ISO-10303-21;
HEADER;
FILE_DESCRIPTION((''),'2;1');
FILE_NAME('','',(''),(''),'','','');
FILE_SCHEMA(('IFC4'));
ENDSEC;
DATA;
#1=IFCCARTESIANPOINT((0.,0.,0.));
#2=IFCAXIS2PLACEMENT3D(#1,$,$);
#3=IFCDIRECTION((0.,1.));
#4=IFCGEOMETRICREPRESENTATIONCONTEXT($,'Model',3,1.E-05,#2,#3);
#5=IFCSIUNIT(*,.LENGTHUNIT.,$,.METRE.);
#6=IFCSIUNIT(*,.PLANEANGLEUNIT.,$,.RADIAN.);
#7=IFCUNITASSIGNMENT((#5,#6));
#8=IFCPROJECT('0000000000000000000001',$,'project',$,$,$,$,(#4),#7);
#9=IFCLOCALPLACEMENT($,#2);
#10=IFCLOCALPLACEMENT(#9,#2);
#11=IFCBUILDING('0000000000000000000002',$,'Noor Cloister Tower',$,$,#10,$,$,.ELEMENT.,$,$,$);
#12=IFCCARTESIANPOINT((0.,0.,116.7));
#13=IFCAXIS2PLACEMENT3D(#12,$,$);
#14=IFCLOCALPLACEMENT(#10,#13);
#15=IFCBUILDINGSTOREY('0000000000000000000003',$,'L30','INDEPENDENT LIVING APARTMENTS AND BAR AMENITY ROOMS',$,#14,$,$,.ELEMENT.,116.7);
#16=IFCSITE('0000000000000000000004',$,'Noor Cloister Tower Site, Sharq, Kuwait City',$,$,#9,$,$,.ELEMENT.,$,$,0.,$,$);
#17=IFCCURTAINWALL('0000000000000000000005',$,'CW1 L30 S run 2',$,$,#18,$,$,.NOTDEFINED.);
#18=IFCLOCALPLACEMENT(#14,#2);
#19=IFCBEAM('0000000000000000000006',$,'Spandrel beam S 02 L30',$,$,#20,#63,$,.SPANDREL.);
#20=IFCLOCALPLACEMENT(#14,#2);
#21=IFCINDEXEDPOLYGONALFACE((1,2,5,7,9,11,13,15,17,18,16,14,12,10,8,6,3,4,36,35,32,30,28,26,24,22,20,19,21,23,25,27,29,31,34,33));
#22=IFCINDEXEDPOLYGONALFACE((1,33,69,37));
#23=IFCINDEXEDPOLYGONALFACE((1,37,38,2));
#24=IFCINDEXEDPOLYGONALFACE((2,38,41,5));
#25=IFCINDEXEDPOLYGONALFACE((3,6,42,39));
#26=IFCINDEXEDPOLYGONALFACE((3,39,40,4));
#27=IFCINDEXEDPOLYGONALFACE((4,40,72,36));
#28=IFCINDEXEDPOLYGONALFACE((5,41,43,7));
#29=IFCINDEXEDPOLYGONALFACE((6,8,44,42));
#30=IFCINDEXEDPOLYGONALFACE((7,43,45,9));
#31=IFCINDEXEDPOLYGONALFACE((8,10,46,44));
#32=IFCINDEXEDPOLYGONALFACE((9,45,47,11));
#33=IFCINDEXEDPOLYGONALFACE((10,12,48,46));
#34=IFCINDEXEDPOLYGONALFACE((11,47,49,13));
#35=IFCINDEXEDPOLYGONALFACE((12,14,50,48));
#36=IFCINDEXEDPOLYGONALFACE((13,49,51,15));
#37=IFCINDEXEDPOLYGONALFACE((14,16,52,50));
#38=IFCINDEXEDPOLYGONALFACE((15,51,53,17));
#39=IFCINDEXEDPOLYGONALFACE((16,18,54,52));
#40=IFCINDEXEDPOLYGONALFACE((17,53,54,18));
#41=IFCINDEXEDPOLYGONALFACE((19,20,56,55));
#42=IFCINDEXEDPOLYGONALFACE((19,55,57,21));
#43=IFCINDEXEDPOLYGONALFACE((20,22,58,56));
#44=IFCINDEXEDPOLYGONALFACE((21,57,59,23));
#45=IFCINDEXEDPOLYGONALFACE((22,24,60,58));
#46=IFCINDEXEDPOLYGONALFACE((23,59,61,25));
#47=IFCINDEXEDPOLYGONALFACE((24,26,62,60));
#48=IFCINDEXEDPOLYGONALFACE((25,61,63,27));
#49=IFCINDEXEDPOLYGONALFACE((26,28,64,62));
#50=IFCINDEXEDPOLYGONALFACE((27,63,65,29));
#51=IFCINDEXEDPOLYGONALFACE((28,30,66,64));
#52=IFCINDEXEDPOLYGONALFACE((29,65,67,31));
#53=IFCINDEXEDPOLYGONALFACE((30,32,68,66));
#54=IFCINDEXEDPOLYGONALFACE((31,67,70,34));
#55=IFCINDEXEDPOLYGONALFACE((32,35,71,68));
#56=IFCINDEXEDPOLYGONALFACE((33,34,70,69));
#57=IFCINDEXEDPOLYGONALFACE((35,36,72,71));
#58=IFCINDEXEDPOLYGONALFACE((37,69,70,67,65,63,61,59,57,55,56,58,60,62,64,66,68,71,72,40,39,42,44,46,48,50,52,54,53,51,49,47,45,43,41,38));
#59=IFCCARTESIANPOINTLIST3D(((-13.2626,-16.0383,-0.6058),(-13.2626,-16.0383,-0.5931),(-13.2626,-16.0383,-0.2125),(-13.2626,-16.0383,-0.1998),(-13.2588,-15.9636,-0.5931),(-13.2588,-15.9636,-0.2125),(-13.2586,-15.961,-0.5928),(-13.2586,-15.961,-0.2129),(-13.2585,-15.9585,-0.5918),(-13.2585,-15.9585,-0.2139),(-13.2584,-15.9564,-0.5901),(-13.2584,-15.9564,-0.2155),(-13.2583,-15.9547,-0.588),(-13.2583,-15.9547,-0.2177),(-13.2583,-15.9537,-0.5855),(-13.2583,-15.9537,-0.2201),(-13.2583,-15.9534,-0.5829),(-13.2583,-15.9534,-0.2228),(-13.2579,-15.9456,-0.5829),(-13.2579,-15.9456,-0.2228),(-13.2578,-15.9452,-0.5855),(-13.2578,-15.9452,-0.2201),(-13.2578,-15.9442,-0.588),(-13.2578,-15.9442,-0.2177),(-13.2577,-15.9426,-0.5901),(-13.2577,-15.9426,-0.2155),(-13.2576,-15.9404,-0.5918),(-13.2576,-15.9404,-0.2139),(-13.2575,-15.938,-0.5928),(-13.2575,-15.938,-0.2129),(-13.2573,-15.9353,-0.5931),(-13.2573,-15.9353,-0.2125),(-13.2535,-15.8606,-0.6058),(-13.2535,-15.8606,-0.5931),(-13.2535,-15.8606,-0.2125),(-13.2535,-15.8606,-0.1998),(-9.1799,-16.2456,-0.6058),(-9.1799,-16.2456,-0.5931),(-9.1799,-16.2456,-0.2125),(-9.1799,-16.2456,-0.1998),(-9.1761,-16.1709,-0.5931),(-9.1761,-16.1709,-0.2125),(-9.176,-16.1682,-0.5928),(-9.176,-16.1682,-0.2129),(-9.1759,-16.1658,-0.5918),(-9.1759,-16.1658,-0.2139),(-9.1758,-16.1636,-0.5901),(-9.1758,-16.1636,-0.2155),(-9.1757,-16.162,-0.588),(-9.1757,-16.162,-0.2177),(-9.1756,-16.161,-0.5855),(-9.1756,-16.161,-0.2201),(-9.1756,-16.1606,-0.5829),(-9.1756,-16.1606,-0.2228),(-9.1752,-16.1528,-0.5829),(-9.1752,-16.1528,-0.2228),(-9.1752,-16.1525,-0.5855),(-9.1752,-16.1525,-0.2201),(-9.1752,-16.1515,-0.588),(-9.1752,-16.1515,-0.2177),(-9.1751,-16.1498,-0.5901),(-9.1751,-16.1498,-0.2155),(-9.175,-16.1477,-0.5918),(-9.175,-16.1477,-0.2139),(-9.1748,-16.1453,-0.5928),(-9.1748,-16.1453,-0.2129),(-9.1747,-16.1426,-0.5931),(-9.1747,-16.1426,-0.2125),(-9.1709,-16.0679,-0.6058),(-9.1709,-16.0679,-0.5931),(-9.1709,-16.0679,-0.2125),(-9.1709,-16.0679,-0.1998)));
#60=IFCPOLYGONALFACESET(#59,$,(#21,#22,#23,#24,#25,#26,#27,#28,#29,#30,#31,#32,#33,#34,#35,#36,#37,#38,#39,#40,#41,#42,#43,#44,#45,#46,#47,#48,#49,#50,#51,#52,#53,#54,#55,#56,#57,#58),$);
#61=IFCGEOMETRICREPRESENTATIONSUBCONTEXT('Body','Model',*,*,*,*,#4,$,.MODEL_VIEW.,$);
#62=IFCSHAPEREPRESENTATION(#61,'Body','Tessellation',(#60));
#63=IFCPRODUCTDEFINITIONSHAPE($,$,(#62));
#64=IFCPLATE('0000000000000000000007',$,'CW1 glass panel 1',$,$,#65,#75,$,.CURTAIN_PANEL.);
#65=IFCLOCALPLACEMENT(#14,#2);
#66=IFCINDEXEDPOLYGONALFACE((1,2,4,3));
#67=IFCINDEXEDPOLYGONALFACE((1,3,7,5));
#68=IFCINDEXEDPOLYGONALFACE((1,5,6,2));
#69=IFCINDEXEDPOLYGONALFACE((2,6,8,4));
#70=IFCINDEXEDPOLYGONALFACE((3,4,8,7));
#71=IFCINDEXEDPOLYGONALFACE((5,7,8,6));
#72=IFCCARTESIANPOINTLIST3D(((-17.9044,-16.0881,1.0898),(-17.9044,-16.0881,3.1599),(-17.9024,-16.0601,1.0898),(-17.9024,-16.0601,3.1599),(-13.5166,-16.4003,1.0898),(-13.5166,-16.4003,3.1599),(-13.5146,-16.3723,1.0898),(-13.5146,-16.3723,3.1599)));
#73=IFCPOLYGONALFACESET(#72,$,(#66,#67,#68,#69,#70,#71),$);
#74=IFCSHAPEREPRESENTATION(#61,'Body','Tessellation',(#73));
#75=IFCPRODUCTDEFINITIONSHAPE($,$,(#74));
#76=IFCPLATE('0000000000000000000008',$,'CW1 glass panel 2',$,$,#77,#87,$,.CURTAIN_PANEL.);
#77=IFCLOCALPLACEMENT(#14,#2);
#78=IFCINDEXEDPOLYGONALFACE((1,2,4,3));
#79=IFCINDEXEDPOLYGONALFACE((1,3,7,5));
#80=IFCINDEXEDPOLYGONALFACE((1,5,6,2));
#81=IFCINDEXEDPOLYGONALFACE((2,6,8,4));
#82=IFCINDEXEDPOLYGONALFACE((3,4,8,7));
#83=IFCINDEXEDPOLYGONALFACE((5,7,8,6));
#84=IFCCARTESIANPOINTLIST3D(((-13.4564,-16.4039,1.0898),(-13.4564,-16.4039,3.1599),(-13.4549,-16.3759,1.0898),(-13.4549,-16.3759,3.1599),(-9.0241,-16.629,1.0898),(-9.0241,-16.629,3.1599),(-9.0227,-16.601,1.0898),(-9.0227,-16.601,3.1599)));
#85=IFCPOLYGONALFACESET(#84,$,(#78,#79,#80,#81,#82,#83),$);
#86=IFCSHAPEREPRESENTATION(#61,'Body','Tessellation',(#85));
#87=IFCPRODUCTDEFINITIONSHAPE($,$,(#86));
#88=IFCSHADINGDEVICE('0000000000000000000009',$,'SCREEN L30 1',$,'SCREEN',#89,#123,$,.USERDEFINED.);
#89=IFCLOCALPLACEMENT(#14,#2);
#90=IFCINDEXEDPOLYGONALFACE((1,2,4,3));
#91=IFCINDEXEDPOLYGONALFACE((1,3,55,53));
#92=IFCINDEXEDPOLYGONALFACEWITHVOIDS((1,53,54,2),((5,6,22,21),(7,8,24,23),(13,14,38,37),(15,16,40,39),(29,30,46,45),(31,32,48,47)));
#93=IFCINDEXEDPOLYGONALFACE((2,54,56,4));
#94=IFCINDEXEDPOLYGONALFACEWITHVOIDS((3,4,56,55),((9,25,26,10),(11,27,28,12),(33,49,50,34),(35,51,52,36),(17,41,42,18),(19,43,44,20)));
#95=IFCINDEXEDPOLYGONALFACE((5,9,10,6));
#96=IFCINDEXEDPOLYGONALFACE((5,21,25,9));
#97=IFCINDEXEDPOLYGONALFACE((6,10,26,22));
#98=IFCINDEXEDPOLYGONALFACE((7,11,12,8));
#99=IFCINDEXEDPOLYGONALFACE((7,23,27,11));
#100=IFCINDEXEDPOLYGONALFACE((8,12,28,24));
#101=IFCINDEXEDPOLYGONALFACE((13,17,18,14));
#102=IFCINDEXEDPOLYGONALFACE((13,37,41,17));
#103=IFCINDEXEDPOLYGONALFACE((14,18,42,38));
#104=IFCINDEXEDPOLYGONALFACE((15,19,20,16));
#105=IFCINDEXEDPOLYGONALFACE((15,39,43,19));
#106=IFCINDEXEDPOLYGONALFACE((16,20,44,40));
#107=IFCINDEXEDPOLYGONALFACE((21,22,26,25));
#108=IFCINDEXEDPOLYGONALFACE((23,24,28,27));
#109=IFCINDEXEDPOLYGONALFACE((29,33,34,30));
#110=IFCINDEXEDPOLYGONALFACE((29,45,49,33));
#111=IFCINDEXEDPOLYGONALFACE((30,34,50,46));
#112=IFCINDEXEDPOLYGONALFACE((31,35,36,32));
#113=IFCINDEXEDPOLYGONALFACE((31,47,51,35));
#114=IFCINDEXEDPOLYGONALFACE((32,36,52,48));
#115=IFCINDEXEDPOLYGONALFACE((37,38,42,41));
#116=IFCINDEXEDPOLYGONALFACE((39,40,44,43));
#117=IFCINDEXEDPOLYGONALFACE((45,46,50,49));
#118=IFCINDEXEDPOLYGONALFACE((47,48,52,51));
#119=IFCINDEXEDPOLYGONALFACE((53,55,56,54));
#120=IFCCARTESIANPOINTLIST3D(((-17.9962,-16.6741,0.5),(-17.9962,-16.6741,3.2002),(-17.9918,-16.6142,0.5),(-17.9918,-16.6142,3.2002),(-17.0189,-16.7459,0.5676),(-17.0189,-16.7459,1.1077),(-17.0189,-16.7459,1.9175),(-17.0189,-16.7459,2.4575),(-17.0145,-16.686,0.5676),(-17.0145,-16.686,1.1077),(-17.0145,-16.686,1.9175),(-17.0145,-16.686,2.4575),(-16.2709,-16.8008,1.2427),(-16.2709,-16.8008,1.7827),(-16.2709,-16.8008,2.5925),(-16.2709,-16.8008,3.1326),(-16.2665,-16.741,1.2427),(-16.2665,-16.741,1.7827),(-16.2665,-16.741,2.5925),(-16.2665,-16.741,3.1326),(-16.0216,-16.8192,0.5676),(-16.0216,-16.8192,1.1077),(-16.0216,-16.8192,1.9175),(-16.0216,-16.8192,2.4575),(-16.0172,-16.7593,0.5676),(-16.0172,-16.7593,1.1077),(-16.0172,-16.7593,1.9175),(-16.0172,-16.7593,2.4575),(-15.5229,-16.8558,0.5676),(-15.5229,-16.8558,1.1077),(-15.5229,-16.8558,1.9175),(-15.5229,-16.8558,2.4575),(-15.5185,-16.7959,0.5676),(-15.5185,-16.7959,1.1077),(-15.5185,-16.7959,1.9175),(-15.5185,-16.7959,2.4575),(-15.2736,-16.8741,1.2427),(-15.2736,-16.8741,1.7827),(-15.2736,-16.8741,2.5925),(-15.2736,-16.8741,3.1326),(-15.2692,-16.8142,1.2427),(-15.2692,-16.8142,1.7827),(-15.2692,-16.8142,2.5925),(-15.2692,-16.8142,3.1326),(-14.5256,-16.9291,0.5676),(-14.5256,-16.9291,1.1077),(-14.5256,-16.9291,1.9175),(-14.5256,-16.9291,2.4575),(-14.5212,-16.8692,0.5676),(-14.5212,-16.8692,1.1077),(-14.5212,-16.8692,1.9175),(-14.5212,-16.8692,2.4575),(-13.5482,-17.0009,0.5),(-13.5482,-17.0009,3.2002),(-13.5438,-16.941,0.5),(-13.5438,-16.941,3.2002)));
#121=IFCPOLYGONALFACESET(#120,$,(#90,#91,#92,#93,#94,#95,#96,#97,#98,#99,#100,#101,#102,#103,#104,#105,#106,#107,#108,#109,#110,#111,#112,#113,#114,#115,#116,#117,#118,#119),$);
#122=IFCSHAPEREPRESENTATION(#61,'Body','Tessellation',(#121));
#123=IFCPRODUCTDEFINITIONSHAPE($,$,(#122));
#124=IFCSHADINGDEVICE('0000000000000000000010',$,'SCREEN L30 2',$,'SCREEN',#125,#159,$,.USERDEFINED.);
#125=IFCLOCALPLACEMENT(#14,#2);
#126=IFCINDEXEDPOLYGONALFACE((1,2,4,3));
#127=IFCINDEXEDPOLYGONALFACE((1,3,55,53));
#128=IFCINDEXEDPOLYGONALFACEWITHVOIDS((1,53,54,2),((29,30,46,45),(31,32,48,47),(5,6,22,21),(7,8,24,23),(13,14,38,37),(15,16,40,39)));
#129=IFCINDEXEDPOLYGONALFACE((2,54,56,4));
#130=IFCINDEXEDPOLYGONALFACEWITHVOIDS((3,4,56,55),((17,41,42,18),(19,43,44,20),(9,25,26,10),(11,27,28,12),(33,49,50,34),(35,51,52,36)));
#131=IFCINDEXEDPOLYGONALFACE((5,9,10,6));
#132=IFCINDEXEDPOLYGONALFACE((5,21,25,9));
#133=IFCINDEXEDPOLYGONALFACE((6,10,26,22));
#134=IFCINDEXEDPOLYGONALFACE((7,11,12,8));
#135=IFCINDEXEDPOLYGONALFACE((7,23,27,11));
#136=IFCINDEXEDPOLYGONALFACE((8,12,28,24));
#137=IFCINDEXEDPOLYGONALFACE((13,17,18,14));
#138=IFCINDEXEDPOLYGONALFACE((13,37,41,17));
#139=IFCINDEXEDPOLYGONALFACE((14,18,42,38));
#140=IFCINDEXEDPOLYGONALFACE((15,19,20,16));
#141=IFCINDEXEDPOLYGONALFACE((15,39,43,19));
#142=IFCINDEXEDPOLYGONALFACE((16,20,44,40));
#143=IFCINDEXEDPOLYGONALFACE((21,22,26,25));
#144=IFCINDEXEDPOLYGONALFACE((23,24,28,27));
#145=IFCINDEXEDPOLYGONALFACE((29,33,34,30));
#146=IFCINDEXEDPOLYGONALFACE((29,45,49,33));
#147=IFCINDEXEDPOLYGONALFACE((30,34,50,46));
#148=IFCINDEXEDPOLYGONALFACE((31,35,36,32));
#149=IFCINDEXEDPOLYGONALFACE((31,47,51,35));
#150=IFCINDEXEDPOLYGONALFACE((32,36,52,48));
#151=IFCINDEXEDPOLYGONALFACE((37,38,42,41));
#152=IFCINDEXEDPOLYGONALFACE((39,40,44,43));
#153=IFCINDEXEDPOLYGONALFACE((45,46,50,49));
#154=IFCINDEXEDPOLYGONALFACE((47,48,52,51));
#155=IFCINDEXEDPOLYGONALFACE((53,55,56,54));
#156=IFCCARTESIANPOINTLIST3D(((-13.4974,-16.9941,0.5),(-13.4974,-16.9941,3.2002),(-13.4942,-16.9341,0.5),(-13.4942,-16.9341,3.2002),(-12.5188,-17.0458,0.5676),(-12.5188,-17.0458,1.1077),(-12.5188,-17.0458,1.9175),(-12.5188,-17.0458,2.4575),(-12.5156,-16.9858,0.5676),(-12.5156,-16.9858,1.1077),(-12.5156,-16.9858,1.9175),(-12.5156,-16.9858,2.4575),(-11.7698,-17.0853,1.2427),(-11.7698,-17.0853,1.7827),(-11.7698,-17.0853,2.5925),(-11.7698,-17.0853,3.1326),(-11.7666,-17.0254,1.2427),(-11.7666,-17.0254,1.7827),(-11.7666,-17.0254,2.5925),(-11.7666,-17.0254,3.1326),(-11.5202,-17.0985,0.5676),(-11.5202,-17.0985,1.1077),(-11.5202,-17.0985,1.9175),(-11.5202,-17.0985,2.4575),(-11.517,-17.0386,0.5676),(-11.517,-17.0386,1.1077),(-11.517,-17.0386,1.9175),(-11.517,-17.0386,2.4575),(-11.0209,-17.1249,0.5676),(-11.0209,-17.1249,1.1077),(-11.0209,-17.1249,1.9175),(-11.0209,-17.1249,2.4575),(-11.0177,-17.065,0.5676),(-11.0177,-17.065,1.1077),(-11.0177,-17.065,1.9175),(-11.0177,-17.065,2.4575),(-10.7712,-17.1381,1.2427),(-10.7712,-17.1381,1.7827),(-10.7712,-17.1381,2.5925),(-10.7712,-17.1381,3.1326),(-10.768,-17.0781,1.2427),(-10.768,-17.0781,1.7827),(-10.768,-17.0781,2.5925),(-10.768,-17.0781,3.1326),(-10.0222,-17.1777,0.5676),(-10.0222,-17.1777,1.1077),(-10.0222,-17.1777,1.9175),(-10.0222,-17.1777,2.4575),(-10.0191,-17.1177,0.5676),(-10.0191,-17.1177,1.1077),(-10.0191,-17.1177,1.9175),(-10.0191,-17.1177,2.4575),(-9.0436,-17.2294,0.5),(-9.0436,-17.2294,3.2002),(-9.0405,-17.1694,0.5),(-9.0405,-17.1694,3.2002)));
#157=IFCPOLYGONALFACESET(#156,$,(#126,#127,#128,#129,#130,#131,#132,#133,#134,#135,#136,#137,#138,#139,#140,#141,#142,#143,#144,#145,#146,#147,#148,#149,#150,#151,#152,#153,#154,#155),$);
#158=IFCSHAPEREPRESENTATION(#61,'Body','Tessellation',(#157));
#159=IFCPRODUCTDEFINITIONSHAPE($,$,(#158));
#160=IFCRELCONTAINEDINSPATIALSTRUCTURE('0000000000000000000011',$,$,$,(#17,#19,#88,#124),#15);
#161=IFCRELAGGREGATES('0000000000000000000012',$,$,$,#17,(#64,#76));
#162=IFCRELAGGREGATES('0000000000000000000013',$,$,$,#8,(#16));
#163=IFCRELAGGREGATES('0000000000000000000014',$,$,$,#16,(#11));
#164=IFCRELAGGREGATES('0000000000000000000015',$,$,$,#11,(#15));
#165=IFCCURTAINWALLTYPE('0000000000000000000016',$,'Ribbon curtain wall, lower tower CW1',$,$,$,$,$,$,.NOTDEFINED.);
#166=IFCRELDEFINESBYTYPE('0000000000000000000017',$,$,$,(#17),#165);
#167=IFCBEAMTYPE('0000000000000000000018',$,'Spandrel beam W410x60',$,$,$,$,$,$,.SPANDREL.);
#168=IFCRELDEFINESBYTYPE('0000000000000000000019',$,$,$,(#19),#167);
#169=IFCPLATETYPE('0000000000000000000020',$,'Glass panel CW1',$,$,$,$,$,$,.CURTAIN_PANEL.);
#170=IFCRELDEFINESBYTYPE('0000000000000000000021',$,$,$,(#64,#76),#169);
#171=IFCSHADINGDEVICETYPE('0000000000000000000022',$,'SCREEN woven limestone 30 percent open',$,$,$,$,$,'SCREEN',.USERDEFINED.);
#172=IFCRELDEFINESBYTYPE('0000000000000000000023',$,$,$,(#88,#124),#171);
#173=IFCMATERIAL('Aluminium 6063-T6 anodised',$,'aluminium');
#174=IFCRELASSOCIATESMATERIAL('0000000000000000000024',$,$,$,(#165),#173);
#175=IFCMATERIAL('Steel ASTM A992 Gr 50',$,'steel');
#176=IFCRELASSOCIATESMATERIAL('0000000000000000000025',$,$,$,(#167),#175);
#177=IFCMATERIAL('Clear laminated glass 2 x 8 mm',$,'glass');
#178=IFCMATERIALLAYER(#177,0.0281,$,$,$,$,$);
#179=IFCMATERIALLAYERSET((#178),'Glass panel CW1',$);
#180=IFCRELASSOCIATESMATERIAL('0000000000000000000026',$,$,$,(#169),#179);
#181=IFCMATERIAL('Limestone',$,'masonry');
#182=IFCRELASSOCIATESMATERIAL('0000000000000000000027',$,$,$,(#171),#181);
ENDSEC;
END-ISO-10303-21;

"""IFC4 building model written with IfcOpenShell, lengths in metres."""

from ifc_helpers import new_model, si_unit, direction, frame, origin, origin_2d, place, context, subcontext, project, spatial, polyline, rectangle, i_section, outline, extrude, material, layer, layer_set, material_profile, profile_set, type_object, element, aggregate, save


model = new_model("IFC4")

# Units and contexts
model_context = context("Model", 3, precision=1e-05, world=origin(), true_north=direction((0.0, 1.0)))
body_context = subcontext(model_context, "Body", "Model", "MODEL_VIEW")
ifc_project = project(units=[si_unit("LENGTHUNIT", "METRE"), si_unit("PLANEANGLEUNIT", "RADIAN")], contexts=[model_context])

# Site, building, storey
site_placement = place(None, origin())
site = spatial("IfcSite", under=ifc_project, at=site_placement, Name="Noor Cloister Tower Site, Sharq, Kuwait City", CompositionType="ELEMENT", RefElevation=0.0)
building_placement = place(site_placement, origin())
building = spatial("IfcBuilding", under=site, at=building_placement, Name="Noor Cloister Tower", CompositionType="ELEMENT")
storey_placement = place(building_placement, frame((0.0, 0.0, 116.7)))
storey = spatial("IfcBuildingStorey", under=building, at=storey_placement, Name="L30", Description="INDEPENDENT LIVING APARTMENTS AND BAR AMENITY ROOMS", CompositionType="ELEMENT", Elevation=116.7)

# Shared definitions
ifc_material_1 = material(Name="Aluminium 6063-T6 anodised", Category="aluminium")
curtain_wall_type = type_object("IfcCurtainWallType", Name="Ribbon curtain wall, lower tower CW1", PredefinedType="NOTDEFINED", material=ifc_material_1)

# Curtain wall
curtain_wall_1_placement = place(storey_placement, origin())
curtain_wall_1 = element("IfcCurtainWall", 1, at=curtain_wall_1_placement, inside=storey, type_object=curtain_wall_type, Name="CW1 L30 S run 2", PredefinedType="NOTDEFINED")

# Beam
ifc_material_2 = material(Name="Steel ASTM A992 Gr 50", Category="steel")
ifc_material_profile_1 = material_profile(ifc_material_2, i_section(OverallWidth=0.178, OverallDepth=0.406, WebThickness=0.0078, FlangeThickness=0.0127, FilletRadius=0.0103, at=origin_2d()), Name="W410x60")
ifc_profile_set_1 = profile_set([ifc_material_profile_1], Name="Steel ASTM A992 Gr 50")
beam_type_1 = type_object("IfcBeamType", Name="Spandrel beam W410x60", PredefinedType="SPANDREL", material=ifc_profile_set_1)
beam_1_placement = place(storey_placement, frame((-13.2581, -15.9495, -0.4028), z_axis=(0.998714, -0.050706, 0.0), x_axis=(0.050706, 0.998714, 0.0)))
element("IfcBeam", 2, at=beam_1_placement, inside=storey, type_object=beam_type_1, Name="Spandrel beam S 02 L30", PredefinedType="SPANDREL", context=body_context, shape_type="SweptSolid", body=[
    extrude(i_section(OverallWidth=0.178, OverallDepth=0.406, WebThickness=0.0078, FlangeThickness=0.0127, FilletRadius=0.0103, at=origin_2d()), origin(), (0.0, 0.0, 1.0), 4.0879),
])

# Plates
ifc_material_3 = material(Name="Clear laminated glass 2 x 8 mm", Category="glass")
ifc_layer = layer(ifc_material_3, 0.0281)
ifc_layer_set = layer_set([ifc_layer], Name="Glass panel CW1")
plate_type = type_object("IfcPlateType", Name="Glass panel CW1", PredefinedType="CURTAIN_PANEL", material=ifc_layer_set)
plate_1_placement = place(storey_placement, frame((-15.7095, -16.2302, 1.0898), z_axis=(0.0, 0.0, 1.0), x_axis=(0.997478, -0.070972, 0.0)))
plate_1 = element("IfcPlate", 3, at=plate_1_placement, type_object=plate_type, Name="CW1 glass panel 1", PredefinedType="CURTAIN_PANEL", context=body_context, shape_type="SweptSolid", body=[
    extrude(rectangle(XDim=4.3989, YDim=0.0281, at=origin_2d()), origin(), (0.0, 0.0, 1.0), 2.0701),
])
plate_2_placement = place(storey_placement, frame((-11.2395, -16.5024, 1.0898), z_axis=(0.0, 0.0, 1.0), x_axis=(0.998713, -0.050715, 0.0)))
plate_2 = element("IfcPlate", 4, at=plate_2_placement, type_object=plate_type, Name="CW1 glass panel 2", PredefinedType="CURTAIN_PANEL", context=body_context, shape_type="SweptSolid", body=[
    extrude(rectangle(XDim=4.438, YDim=0.0281, at=origin_2d()), origin(), (0.0, 0.0, 1.0), 2.0701),
])
aggregate(curtain_wall_1, [plate_1, plate_2])

# Shading devices
ifc_material_4 = material(Name="Limestone", Category="masonry")
ifc_material_profile_2 = material_profile(ifc_material_4, outline(polyline([(-2.23, -1.3501), (2.23, -1.3501), (2.23, 1.3501), (-2.23, 1.3501), (-2.23, -1.3501)]), holes=[polyline([(-1.25, -1.2825), (-0.25, -1.2825), (-0.25, -0.7424), (-1.25, -0.7424), (-1.25, -1.2825)]), polyline([(0.25, -1.2825), (1.25, -1.2825), (1.25, -0.7424), (0.25, -0.7424), (0.25, -1.2825)]), polyline([(-0.5, -0.6074), (0.5, -0.6074), (0.5, -0.0674), (-0.5, -0.0674), (-0.5, -0.6074)]), polyline([(-1.25, 0.0674), (-0.25, 0.0674), (-0.25, 0.6074), (-1.25, 0.6074), (-1.25, 0.0674)]), polyline([(0.25, 0.0674), (1.25, 0.0674), (1.25, 0.6074), (0.25, 0.6074), (0.25, 0.0674)]), polyline([(-0.5, 0.7424), (0.5, 0.7424), (0.5, 1.2825), (-0.5, 1.2825), (-0.5, 0.7424)])]), Name="Woven screen 30 percent open")
ifc_profile_set_2 = profile_set([ifc_material_profile_2], Name="Limestone")
shading_device_type = type_object("IfcShadingDeviceType", Name="SCREEN woven limestone 30 percent open", ElementType="SCREEN", PredefinedType="USERDEFINED", material=ifc_profile_set_2)
for number, where, z_axis, x_axis, name in (
    (5, (-15.7678, -16.7776, 1.8501), (-0.073272, -0.997312, 0.0), (0.997312, -0.073272, 0.0), "SCREEN L30 1"),
    (6, (-11.2673, -17.0518, 1.8501), (-0.052772, -0.998607, 0.0), (0.998607, -0.052772, 0.0), "SCREEN L30 2"),
):
    element("IfcShadingDevice", number, at=place(storey_placement, frame(where, z_axis=z_axis, x_axis=x_axis)), inside=storey, type_object=shading_device_type, Name=name, ObjectType="SCREEN", PredefinedType="USERDEFINED", context=body_context, shape_type="SweptSolid", body=[
        extrude(outline(polyline([(-2.23, -1.3501), (2.23, -1.3501), (2.23, 1.3501), (-2.23, 1.3501), (-2.23, -1.3501)]), holes=[polyline([(-1.25, -1.2825), (-0.25, -1.2825), (-0.25, -0.7424), (-1.25, -0.7424), (-1.25, -1.2825)]), polyline([(0.25, -1.2825), (1.25, -1.2825), (1.25, -0.7424), (0.25, -0.7424), (0.25, -1.2825)]), polyline([(-0.5, -0.6074), (0.5, -0.6074), (0.5, -0.0674), (-0.5, -0.0674), (-0.5, -0.6074)]), polyline([(-1.25, 0.0674), (-0.25, 0.0674), (-0.25, 0.6074), (-1.25, 0.6074), (-1.25, 0.0674)]), polyline([(0.25, 0.0674), (1.25, 0.0674), (1.25, 0.6074), (0.25, 0.6074), (0.25, 0.0674)]), polyline([(-0.5, 0.7424), (0.5, 0.7424), (0.5, 1.2825), (-0.5, 1.2825), (-0.5, 0.7424)])]), origin(), (0.0, 0.0, 1.0), 0.0601),
    ])

save(model, "model.ifc")
